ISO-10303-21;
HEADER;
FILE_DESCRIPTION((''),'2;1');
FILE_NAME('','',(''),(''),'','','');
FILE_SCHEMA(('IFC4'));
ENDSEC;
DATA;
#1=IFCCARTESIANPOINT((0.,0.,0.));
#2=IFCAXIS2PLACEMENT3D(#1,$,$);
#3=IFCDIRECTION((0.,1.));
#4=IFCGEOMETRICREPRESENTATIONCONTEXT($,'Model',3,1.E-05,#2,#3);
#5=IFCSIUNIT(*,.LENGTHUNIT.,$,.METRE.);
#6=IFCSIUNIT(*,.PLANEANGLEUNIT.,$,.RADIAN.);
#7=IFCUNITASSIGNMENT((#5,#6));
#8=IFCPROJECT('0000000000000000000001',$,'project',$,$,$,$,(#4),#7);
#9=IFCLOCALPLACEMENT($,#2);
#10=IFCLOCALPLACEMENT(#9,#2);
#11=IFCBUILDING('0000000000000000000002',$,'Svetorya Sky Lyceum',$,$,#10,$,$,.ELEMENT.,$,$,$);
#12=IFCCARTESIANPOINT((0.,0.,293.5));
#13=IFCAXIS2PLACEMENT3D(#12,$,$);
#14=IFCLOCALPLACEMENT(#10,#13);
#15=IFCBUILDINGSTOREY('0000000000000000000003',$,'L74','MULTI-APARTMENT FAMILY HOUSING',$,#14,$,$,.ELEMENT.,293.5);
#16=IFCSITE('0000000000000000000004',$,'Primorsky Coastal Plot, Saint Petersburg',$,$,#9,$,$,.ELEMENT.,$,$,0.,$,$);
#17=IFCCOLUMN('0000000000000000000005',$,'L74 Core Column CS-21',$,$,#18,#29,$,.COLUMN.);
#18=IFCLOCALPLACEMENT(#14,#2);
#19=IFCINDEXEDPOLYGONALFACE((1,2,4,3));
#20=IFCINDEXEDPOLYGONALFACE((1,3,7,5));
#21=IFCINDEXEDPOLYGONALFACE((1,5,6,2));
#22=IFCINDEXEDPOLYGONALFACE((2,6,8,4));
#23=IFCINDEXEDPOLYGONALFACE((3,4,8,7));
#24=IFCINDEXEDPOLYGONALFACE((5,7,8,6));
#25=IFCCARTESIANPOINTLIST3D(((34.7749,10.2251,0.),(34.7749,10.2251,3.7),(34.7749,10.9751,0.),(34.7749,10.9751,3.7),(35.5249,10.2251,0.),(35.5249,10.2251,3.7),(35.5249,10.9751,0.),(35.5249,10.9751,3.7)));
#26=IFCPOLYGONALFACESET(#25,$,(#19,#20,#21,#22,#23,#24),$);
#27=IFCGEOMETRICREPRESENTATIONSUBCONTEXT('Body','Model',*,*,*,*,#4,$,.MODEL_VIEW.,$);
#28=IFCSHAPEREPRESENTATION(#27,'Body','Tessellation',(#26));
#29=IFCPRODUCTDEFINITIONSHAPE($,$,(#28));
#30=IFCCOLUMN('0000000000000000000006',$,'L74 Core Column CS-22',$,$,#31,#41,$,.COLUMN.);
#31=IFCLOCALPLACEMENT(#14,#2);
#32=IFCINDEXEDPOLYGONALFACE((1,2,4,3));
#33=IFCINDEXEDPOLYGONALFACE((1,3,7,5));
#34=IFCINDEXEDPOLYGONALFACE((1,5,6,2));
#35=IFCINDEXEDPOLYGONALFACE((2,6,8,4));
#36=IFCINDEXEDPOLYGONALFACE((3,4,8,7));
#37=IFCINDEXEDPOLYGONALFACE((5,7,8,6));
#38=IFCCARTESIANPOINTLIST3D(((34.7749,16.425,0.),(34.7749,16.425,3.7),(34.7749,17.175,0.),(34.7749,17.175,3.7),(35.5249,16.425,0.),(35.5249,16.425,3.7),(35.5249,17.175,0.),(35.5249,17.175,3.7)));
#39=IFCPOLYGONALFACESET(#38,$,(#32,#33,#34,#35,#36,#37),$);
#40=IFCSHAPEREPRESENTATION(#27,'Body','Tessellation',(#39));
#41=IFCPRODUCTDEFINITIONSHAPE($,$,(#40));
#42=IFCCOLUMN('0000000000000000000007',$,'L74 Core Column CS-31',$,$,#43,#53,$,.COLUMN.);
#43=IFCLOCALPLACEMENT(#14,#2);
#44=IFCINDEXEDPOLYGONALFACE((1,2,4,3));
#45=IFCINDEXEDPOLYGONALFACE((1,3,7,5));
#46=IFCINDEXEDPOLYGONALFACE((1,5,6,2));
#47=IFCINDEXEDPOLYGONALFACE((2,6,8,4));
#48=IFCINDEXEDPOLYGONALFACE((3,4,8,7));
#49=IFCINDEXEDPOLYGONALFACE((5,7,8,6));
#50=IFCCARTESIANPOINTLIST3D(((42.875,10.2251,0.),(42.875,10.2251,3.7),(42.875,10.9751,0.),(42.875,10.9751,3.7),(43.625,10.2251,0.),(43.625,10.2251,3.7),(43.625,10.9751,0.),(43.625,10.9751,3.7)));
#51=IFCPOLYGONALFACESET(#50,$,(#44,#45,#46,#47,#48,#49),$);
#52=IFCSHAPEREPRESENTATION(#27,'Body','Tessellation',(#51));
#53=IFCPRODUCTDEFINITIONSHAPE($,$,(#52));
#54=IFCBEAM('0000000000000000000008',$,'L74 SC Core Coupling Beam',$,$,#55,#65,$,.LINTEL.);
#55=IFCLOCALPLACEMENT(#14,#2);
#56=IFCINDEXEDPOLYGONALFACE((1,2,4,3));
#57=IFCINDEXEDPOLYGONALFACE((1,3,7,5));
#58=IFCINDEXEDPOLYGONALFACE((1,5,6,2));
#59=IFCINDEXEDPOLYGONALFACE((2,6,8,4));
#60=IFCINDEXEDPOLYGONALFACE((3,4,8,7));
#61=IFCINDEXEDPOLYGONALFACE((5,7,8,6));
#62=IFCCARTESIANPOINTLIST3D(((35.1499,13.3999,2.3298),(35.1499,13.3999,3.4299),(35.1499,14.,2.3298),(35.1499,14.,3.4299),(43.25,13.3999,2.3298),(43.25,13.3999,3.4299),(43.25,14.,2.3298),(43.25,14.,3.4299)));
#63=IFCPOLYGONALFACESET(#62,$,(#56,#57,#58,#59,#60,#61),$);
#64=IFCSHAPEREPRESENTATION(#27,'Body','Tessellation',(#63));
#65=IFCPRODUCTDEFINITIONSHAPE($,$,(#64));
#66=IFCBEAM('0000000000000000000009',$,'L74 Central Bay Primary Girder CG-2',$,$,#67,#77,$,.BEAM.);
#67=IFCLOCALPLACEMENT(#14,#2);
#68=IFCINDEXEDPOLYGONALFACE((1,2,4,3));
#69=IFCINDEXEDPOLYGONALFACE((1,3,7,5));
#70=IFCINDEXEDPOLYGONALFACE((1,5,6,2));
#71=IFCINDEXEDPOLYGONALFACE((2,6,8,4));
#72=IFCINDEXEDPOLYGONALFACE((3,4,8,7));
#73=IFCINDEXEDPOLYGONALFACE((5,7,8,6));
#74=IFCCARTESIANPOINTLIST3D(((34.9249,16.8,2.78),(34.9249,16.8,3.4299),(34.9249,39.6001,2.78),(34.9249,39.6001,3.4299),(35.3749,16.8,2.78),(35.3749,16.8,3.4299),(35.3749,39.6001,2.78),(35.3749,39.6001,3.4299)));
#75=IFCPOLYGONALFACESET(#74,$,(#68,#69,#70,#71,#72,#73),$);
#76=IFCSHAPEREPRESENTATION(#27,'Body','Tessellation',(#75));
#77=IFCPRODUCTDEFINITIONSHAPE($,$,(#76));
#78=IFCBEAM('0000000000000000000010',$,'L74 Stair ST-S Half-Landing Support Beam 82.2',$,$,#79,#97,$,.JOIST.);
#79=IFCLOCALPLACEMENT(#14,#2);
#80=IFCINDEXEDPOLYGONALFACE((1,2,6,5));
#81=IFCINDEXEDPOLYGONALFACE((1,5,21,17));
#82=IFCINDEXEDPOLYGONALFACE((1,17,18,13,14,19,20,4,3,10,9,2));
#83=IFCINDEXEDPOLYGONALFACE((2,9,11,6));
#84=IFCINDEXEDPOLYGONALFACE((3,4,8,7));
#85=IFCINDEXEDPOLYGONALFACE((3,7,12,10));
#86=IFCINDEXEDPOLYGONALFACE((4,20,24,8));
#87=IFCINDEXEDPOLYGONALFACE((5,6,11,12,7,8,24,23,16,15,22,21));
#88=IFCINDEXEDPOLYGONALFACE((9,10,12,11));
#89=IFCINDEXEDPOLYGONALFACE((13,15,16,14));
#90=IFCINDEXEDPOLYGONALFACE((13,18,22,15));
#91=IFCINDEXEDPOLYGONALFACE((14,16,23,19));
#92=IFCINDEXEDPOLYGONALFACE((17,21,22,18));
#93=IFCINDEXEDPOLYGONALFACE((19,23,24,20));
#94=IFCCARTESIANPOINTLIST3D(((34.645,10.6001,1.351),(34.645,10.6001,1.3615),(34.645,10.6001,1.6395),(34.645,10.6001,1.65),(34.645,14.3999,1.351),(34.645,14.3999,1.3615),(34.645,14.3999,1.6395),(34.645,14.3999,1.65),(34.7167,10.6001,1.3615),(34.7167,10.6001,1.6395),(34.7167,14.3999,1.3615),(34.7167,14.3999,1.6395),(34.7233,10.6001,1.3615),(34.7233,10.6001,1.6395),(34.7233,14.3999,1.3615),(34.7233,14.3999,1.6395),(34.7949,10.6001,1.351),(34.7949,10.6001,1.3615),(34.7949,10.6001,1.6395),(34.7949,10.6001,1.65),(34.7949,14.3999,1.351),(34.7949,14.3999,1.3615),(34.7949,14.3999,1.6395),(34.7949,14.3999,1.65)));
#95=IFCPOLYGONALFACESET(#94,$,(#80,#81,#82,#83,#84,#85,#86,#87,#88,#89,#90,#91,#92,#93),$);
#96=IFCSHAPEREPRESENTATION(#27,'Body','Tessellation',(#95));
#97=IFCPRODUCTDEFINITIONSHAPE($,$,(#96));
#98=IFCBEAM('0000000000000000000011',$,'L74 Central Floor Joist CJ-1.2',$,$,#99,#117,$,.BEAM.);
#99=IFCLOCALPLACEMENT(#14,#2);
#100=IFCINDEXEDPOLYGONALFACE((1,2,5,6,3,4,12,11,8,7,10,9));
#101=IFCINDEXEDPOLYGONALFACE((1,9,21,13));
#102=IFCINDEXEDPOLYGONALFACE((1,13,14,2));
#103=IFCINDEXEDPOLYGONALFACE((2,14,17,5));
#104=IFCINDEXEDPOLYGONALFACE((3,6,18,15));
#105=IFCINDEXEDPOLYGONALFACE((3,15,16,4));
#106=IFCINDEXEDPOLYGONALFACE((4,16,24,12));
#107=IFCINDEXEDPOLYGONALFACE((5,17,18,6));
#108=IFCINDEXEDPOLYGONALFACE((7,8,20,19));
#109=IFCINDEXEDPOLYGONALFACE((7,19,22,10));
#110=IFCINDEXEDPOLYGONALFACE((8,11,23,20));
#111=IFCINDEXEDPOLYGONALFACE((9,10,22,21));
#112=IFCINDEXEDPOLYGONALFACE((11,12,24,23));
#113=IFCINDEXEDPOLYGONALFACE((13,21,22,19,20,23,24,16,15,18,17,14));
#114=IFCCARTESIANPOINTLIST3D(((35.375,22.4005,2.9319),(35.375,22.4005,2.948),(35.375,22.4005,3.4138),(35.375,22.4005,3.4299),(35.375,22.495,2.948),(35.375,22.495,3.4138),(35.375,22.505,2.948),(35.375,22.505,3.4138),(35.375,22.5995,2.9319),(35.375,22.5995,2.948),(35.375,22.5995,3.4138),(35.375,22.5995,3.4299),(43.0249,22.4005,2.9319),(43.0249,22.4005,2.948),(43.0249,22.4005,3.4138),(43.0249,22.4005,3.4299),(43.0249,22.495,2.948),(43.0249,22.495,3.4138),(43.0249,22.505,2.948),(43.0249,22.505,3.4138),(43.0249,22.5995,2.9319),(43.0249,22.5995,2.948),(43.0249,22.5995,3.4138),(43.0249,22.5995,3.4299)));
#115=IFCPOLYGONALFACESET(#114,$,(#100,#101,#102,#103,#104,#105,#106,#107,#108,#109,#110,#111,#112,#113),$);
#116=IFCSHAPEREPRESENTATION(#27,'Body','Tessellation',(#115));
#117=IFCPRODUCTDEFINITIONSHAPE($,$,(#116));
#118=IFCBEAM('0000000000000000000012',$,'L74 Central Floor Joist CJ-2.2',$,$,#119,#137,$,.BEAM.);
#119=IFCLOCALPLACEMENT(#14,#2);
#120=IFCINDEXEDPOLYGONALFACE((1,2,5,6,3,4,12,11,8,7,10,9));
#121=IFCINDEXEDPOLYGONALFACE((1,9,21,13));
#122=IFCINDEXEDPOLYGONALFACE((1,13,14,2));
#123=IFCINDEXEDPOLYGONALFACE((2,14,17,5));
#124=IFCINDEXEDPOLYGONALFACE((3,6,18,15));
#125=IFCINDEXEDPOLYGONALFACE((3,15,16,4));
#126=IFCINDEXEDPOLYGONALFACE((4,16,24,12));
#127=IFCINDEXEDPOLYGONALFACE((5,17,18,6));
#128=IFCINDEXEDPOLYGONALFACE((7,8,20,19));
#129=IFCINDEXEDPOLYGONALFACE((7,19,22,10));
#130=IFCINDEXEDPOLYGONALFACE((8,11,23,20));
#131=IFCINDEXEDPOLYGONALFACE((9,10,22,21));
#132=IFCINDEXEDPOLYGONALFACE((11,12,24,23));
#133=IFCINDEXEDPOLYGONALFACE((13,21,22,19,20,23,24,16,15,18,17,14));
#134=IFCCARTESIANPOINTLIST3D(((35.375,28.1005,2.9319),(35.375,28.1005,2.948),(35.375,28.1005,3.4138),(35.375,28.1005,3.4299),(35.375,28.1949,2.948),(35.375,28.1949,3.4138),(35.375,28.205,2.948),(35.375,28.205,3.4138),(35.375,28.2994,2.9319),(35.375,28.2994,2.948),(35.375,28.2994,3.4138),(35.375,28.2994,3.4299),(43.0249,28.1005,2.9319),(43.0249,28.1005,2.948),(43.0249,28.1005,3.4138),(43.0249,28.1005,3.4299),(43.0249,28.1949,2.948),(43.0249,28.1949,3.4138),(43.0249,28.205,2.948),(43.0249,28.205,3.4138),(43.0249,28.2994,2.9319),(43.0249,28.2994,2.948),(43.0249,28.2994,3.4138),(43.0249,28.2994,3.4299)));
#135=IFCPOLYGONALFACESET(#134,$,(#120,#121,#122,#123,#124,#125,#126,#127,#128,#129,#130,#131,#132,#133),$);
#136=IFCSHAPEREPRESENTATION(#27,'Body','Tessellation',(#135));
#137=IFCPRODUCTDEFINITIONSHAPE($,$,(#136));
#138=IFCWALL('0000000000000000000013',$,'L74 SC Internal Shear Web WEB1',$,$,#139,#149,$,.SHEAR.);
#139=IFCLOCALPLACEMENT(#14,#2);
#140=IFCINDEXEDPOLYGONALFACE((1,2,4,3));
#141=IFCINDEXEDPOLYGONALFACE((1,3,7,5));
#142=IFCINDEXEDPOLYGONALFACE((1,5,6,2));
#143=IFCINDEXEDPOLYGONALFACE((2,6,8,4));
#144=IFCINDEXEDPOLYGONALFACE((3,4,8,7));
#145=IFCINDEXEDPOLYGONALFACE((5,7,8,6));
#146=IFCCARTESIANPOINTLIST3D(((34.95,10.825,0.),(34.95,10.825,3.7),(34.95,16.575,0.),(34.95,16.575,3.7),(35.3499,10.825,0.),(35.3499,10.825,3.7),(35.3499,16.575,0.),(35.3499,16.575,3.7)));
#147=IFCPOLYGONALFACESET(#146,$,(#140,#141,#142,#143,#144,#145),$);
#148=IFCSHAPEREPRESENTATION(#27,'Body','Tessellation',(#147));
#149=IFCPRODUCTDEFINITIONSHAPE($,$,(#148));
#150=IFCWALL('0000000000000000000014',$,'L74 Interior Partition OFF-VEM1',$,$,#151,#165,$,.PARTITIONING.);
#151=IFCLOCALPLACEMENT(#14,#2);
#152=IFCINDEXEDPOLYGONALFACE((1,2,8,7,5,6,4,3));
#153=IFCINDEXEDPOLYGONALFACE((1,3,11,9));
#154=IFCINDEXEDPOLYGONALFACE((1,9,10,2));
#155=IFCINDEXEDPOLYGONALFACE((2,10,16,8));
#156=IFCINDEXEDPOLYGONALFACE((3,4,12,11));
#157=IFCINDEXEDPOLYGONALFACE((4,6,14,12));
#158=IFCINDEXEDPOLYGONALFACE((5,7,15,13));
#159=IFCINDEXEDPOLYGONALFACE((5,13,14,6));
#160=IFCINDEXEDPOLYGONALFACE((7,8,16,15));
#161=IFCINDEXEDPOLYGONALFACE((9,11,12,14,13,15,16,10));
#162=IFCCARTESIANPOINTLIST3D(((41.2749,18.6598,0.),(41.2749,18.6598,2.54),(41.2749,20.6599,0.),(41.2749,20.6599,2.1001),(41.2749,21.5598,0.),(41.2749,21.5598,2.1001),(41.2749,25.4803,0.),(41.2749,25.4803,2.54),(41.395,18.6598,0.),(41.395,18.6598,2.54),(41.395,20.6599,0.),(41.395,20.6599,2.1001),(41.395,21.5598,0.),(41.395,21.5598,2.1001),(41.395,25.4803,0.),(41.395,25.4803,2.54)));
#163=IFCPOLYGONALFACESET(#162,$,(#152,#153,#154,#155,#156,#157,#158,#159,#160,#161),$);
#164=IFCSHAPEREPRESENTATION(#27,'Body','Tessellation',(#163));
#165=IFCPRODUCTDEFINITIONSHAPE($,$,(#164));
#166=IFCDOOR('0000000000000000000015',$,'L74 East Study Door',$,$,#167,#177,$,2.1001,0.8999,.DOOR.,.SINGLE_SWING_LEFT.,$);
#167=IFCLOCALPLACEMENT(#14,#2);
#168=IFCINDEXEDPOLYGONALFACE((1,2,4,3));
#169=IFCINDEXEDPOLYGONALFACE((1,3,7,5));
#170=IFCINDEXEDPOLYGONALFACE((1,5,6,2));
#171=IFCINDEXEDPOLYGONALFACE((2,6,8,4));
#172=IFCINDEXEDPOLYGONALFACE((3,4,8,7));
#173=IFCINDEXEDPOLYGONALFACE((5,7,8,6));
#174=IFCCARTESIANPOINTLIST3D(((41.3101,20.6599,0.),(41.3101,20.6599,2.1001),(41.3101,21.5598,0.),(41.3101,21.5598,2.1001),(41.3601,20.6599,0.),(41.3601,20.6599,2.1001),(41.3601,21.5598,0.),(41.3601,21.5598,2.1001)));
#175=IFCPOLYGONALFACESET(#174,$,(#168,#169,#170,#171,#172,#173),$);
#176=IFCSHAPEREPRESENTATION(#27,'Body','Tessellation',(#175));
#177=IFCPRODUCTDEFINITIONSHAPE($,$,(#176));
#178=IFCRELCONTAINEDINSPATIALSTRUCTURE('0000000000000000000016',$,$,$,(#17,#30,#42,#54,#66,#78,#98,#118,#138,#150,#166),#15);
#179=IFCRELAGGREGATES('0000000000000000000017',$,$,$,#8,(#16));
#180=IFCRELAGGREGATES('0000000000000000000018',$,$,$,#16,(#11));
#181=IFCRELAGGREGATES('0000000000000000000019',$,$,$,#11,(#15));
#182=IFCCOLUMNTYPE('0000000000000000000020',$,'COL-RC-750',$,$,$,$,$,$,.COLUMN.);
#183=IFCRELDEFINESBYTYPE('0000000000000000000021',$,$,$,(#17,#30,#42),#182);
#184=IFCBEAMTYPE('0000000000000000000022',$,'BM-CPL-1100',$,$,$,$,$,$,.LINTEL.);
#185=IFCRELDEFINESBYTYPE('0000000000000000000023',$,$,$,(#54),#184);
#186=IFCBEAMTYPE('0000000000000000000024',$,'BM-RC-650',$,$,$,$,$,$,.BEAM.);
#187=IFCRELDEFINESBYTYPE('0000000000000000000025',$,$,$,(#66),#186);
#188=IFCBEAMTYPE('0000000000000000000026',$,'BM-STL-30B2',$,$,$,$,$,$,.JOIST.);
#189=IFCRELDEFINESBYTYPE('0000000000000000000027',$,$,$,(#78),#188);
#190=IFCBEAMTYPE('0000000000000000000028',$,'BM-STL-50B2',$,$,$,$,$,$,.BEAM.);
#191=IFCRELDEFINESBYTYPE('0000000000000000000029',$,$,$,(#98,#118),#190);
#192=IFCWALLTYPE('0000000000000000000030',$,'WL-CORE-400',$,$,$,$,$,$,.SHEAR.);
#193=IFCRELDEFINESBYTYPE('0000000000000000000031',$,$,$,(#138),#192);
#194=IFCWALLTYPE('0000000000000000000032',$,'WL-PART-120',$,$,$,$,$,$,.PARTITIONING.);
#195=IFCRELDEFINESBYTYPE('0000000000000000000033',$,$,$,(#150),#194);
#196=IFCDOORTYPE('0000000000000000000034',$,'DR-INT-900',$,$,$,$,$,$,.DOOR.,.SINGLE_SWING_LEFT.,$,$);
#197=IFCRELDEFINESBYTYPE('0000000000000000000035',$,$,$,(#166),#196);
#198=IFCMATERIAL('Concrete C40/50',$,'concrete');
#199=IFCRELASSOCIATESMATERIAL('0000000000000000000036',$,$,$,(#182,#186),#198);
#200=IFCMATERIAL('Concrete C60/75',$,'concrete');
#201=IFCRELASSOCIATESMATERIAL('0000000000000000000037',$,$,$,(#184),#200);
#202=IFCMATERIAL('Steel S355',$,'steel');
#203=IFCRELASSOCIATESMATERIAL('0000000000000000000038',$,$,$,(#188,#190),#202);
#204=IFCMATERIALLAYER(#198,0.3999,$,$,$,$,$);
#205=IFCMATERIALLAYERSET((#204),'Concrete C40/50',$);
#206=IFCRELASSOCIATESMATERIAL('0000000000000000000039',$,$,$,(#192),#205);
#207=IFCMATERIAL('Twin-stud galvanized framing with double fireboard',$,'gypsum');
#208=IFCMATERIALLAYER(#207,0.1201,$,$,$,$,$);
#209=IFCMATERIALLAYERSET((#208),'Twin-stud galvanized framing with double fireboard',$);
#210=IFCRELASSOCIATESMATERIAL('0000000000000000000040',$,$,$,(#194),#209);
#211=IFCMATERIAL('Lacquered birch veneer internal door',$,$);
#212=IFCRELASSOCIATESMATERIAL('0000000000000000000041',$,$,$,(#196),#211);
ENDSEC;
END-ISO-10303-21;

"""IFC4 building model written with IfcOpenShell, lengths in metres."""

from ifc_helpers import new_model, si_unit, direction, frame, frame_2d, origin, origin_2d, place, context, subcontext, project, spatial, rectangle, i_section, extrude, material, layer, layer_set, material_profile, profile_set, type_object, element, fill, save


model = new_model("IFC4")

# Units and contexts
model_context = context("Model", 3, precision=1e-05, world=origin(), true_north=direction((0.0, 1.0)))
body_context = subcontext(model_context, "Body", "Model", "MODEL_VIEW")
ifc_project = project(units=[si_unit("LENGTHUNIT", "METRE"), si_unit("PLANEANGLEUNIT", "RADIAN")], contexts=[model_context])

# Site, building, storey
site_placement = place(None, origin())
site = spatial("IfcSite", under=ifc_project, at=site_placement, Name="Primorsky Coastal Plot, Saint Petersburg", CompositionType="ELEMENT", RefElevation=0.0)
building_placement = place(site_placement, origin())
building = spatial("IfcBuilding", under=site, at=building_placement, Name="Svetorya Sky Lyceum", CompositionType="ELEMENT")
storey_placement = place(building_placement, frame((0.0, 0.0, 293.5)))
storey = spatial("IfcBuildingStorey", under=building, at=storey_placement, Name="L74", Description="MULTI-APARTMENT FAMILY HOUSING", CompositionType="ELEMENT", Elevation=293.5)

# Columns
ifc_material_1 = material(Name="Concrete C40/50", Category="concrete")
ifc_material_profile_1 = material_profile(ifc_material_1, rectangle(XDim=0.75, YDim=0.75, at=origin_2d()), Name="RC COL 750x750")
ifc_profile_set_1 = profile_set([ifc_material_profile_1], Name="Concrete C40/50")
column_type = type_object("IfcColumnType", Name="COL-RC-750", PredefinedType="COLUMN", material=ifc_profile_set_1)
for number, where, z_axis, x_axis, name in (
    (1, (35.1499, 10.6001, 0.0), (0.0, 0.0, 1.0), (1.0, 0.0, 0.0), "L74 Core Column CS-21"),
    (2, (35.1499, 16.8, 0.0), (0.0, 0.0, 1.0), (1.0, 0.0, 0.0), "L74 Core Column CS-22"),
    (3, (43.25, 10.6001, 0.0), (0.0, 0.0, 1.0), (1.0, 0.0, 0.0), "L74 Core Column CS-31"),
):
    element("IfcColumn", number, at=place(storey_placement, frame(where, z_axis=z_axis, x_axis=x_axis)), inside=storey, type_object=column_type, Name=name, PredefinedType="COLUMN", context=body_context, shape_type="SweptSolid", body=[
        extrude(rectangle(XDim=0.75, YDim=0.75, at=origin_2d()), origin(), (0.0, 0.0, 1.0), 3.7),
    ])

# Beams
ifc_material_2 = material(Name="Concrete C60/75", Category="concrete")
ifc_material_profile_2 = material_profile(ifc_material_2, rectangle(XDim=0.6001, YDim=1.1001, at=origin_2d()), Name="RC COUPLING 600x1100")
ifc_profile_set_2 = profile_set([ifc_material_profile_2], Name="Concrete C60/75")
beam_type_1 = type_object("IfcBeamType", Name="BM-CPL-1100", PredefinedType="LINTEL", material=ifc_profile_set_2)
beam_1_placement = place(storey_placement, frame((35.1499, 13.7, 2.8799), z_axis=(1.0, 0.0, 0.0), x_axis=(0.0, 1.0, 0.0)))
element("IfcBeam", 4, at=beam_1_placement, inside=storey, type_object=beam_type_1, Name="L74 SC Core Coupling Beam", PredefinedType="LINTEL", context=body_context, shape_type="SweptSolid", body=[
    extrude(rectangle(XDim=0.6001, YDim=1.1001, at=origin_2d()), origin(), (0.0, 0.0, 1.0), 8.1001),
])
ifc_material_profile_3 = material_profile(ifc_material_1, rectangle(XDim=0.45, YDim=0.6499, at=origin_2d()), Name="RC BEAM 450x650")
ifc_profile_set_3 = profile_set([ifc_material_profile_3], Name="Concrete C40/50")
beam_type_2 = type_object("IfcBeamType", Name="BM-RC-650", PredefinedType="BEAM", material=ifc_profile_set_3)
beam_2_placement = place(storey_placement, frame((35.1499, 16.8, 3.105), z_axis=(0.0, 1.0, 0.0), x_axis=(-1.0, 0.0, 0.0)))
element("IfcBeam", 5, at=beam_2_placement, inside=storey, type_object=beam_type_2, Name="L74 Central Bay Primary Girder CG-2", PredefinedType="BEAM", context=body_context, shape_type="SweptSolid", body=[
    extrude(rectangle(XDim=0.45, YDim=0.6499, at=origin_2d()), origin(), (0.0, 0.0, 1.0), 22.8),
])
ifc_material_3 = material(Name="Steel S355", Category="steel")
ifc_material_profile_4 = material_profile(ifc_material_3, i_section(OverallWidth=0.1499, OverallDepth=0.2991, WebThickness=0.0066, FlangeThickness=0.0105, at=origin_2d()), Name="GOST 30B2")
ifc_profile_set_4 = profile_set([ifc_material_profile_4], Name="Steel S355")
beam_type_3 = type_object("IfcBeamType", Name="BM-STL-30B2", PredefinedType="JOIST", material=ifc_profile_set_4)
beam_3_placement = place(storey_placement, frame((34.72, 10.6001, 1.5005), z_axis=(0.0, 1.0, 0.0), x_axis=(-1.0, 0.0, 0.0)))
element("IfcBeam", 6, at=beam_3_placement, inside=storey, type_object=beam_type_3, Name="L74 Stair ST-S Half-Landing Support Beam 82.2", PredefinedType="JOIST", context=body_context, shape_type="SweptSolid", body=[
    extrude(i_section(OverallWidth=0.1499, OverallDepth=0.2991, WebThickness=0.0066, FlangeThickness=0.0105, at=origin_2d()), origin(), (0.0, 0.0, 1.0), 3.7998),
])
ifc_material_profile_5 = material_profile(ifc_material_3, i_section(OverallWidth=0.199, OverallDepth=0.498, WebThickness=0.01, FlangeThickness=0.0161, at=origin_2d()), Name="GOST 50B2")
ifc_profile_set_5 = profile_set([ifc_material_profile_5], Name="Steel S355")
beam_type_4 = type_object("IfcBeamType", Name="BM-STL-50B2", PredefinedType="BEAM", material=ifc_profile_set_5)
for number, where, z_axis, x_axis, name in (
    (7, (35.375, 22.5, 3.1809), (1.0, 0.0, 0.0), (0.0, 1.0, 0.0), "L74 Central Floor Joist CJ-1.2"),
    (8, (35.375, 28.2, 3.1809), (1.0, 0.0, 0.0), (0.0, 1.0, 0.0), "L74 Central Floor Joist CJ-2.2"),
):
    element("IfcBeam", number, at=place(storey_placement, frame(where, z_axis=z_axis, x_axis=x_axis)), inside=storey, type_object=beam_type_4, Name=name, PredefinedType="BEAM", context=body_context, shape_type="SweptSolid", body=[
        extrude(i_section(OverallWidth=0.199, OverallDepth=0.498, WebThickness=0.01, FlangeThickness=0.0161, at=origin_2d()), origin(), (0.0, 0.0, 1.0), 7.6499),
    ])

# Wall
ifc_layer_1 = layer(ifc_material_1, 0.3999)
ifc_layer_set_1 = layer_set([ifc_layer_1], Name="Concrete C40/50")
wall_type_1 = type_object("IfcWallType", Name="WL-CORE-400", PredefinedType="SHEAR", material=ifc_layer_set_1)
wall_1_placement = place(storey_placement, frame((35.1499, 10.825, 0.0), z_axis=(0.0, 0.0, 1.0), x_axis=(0.0, 1.0, 0.0)))
element("IfcWall", 9, at=wall_1_placement, inside=storey, type_object=wall_type_1, Name="L74 SC Internal Shear Web WEB1", PredefinedType="SHEAR", context=body_context, shape_type="SweptSolid", body=[
    extrude(rectangle(XDim=5.75, YDim=0.3999, at=frame_2d((2.875, 0.0))), origin(), (0.0, 0.0, 1.0), 3.7),
])

# Wall, opening, door
ifc_material_4 = material(Name="Twin-stud galvanized framing with double fireboard", Category="gypsum")
ifc_layer_2 = layer(ifc_material_4, 0.1201)
ifc_layer_set_2 = layer_set([ifc_layer_2], Name="Twin-stud galvanized framing with double fireboard")
wall_type_2 = type_object("IfcWallType", Name="WL-PART-120", PredefinedType="PARTITIONING", material=ifc_layer_set_2)
wall_2_placement = place(storey_placement, frame((41.335, 18.6599, 0.0), z_axis=(0.0, 0.0, 1.0), x_axis=(0.0, 1.0, 0.0)))
wall_2 = element("IfcWall", 10, at=wall_2_placement, inside=storey, type_object=wall_type_2, Name="L74 Interior Partition OFF-VEM1", PredefinedType="PARTITIONING", context=body_context, shape_type="SweptSolid", body=[
    extrude(rectangle(XDim=6.8206, YDim=0.1201, at=frame_2d((3.4102, 0.0))), origin(), (0.0, 0.0, 1.0), 2.54),
])
opening_1_placement = place(wall_2_placement, frame((2.0, 0.0, 0.0)))
opening_1 = element("IfcOpeningElement", 11, at=opening_1_placement, cuts=wall_2, PredefinedType="OPENING", context=body_context, shape_type="SweptSolid", body=[
    extrude(rectangle(XDim=0.8999, YDim=2.1001, at=frame_2d((0.45, 1.05))), frame((0.0, 0.0701, 0.0), z_axis=(0.0, -1.0, 0.0), x_axis=(1.0, 0.0, 0.0)), (0.0, 0.0, 1.0), 0.1401),
])
ifc_material_5 = material(Name="Lacquered birch veneer internal door")
door_type_1 = type_object("IfcDoorType", Name="DR-INT-900", OperationType="SINGLE_SWING_LEFT", PredefinedType="DOOR", material=ifc_material_5)
door_1_placement = place(opening_1_placement, origin())
door_1 = element("IfcDoor", 12, at=door_1_placement, inside=storey, type_object=door_type_1, Name="L74 East Study Door", OperationType="SINGLE_SWING_LEFT", OverallHeight=2.1001, OverallWidth=0.8999, PredefinedType="DOOR", context=body_context, shape_type="SweptSolid", body=[
    extrude(rectangle(XDim=0.8999, YDim=2.1001, at=frame_2d((0.45, 1.05))), frame((0.0, 0.0249, 0.0), z_axis=(0.0, -1.0, 0.0), x_axis=(1.0, 0.0, 0.0)), (0.0, 0.0, 1.0), 0.05),
])
fill(opening_1, door_1)

save(model, "model.ifc")
